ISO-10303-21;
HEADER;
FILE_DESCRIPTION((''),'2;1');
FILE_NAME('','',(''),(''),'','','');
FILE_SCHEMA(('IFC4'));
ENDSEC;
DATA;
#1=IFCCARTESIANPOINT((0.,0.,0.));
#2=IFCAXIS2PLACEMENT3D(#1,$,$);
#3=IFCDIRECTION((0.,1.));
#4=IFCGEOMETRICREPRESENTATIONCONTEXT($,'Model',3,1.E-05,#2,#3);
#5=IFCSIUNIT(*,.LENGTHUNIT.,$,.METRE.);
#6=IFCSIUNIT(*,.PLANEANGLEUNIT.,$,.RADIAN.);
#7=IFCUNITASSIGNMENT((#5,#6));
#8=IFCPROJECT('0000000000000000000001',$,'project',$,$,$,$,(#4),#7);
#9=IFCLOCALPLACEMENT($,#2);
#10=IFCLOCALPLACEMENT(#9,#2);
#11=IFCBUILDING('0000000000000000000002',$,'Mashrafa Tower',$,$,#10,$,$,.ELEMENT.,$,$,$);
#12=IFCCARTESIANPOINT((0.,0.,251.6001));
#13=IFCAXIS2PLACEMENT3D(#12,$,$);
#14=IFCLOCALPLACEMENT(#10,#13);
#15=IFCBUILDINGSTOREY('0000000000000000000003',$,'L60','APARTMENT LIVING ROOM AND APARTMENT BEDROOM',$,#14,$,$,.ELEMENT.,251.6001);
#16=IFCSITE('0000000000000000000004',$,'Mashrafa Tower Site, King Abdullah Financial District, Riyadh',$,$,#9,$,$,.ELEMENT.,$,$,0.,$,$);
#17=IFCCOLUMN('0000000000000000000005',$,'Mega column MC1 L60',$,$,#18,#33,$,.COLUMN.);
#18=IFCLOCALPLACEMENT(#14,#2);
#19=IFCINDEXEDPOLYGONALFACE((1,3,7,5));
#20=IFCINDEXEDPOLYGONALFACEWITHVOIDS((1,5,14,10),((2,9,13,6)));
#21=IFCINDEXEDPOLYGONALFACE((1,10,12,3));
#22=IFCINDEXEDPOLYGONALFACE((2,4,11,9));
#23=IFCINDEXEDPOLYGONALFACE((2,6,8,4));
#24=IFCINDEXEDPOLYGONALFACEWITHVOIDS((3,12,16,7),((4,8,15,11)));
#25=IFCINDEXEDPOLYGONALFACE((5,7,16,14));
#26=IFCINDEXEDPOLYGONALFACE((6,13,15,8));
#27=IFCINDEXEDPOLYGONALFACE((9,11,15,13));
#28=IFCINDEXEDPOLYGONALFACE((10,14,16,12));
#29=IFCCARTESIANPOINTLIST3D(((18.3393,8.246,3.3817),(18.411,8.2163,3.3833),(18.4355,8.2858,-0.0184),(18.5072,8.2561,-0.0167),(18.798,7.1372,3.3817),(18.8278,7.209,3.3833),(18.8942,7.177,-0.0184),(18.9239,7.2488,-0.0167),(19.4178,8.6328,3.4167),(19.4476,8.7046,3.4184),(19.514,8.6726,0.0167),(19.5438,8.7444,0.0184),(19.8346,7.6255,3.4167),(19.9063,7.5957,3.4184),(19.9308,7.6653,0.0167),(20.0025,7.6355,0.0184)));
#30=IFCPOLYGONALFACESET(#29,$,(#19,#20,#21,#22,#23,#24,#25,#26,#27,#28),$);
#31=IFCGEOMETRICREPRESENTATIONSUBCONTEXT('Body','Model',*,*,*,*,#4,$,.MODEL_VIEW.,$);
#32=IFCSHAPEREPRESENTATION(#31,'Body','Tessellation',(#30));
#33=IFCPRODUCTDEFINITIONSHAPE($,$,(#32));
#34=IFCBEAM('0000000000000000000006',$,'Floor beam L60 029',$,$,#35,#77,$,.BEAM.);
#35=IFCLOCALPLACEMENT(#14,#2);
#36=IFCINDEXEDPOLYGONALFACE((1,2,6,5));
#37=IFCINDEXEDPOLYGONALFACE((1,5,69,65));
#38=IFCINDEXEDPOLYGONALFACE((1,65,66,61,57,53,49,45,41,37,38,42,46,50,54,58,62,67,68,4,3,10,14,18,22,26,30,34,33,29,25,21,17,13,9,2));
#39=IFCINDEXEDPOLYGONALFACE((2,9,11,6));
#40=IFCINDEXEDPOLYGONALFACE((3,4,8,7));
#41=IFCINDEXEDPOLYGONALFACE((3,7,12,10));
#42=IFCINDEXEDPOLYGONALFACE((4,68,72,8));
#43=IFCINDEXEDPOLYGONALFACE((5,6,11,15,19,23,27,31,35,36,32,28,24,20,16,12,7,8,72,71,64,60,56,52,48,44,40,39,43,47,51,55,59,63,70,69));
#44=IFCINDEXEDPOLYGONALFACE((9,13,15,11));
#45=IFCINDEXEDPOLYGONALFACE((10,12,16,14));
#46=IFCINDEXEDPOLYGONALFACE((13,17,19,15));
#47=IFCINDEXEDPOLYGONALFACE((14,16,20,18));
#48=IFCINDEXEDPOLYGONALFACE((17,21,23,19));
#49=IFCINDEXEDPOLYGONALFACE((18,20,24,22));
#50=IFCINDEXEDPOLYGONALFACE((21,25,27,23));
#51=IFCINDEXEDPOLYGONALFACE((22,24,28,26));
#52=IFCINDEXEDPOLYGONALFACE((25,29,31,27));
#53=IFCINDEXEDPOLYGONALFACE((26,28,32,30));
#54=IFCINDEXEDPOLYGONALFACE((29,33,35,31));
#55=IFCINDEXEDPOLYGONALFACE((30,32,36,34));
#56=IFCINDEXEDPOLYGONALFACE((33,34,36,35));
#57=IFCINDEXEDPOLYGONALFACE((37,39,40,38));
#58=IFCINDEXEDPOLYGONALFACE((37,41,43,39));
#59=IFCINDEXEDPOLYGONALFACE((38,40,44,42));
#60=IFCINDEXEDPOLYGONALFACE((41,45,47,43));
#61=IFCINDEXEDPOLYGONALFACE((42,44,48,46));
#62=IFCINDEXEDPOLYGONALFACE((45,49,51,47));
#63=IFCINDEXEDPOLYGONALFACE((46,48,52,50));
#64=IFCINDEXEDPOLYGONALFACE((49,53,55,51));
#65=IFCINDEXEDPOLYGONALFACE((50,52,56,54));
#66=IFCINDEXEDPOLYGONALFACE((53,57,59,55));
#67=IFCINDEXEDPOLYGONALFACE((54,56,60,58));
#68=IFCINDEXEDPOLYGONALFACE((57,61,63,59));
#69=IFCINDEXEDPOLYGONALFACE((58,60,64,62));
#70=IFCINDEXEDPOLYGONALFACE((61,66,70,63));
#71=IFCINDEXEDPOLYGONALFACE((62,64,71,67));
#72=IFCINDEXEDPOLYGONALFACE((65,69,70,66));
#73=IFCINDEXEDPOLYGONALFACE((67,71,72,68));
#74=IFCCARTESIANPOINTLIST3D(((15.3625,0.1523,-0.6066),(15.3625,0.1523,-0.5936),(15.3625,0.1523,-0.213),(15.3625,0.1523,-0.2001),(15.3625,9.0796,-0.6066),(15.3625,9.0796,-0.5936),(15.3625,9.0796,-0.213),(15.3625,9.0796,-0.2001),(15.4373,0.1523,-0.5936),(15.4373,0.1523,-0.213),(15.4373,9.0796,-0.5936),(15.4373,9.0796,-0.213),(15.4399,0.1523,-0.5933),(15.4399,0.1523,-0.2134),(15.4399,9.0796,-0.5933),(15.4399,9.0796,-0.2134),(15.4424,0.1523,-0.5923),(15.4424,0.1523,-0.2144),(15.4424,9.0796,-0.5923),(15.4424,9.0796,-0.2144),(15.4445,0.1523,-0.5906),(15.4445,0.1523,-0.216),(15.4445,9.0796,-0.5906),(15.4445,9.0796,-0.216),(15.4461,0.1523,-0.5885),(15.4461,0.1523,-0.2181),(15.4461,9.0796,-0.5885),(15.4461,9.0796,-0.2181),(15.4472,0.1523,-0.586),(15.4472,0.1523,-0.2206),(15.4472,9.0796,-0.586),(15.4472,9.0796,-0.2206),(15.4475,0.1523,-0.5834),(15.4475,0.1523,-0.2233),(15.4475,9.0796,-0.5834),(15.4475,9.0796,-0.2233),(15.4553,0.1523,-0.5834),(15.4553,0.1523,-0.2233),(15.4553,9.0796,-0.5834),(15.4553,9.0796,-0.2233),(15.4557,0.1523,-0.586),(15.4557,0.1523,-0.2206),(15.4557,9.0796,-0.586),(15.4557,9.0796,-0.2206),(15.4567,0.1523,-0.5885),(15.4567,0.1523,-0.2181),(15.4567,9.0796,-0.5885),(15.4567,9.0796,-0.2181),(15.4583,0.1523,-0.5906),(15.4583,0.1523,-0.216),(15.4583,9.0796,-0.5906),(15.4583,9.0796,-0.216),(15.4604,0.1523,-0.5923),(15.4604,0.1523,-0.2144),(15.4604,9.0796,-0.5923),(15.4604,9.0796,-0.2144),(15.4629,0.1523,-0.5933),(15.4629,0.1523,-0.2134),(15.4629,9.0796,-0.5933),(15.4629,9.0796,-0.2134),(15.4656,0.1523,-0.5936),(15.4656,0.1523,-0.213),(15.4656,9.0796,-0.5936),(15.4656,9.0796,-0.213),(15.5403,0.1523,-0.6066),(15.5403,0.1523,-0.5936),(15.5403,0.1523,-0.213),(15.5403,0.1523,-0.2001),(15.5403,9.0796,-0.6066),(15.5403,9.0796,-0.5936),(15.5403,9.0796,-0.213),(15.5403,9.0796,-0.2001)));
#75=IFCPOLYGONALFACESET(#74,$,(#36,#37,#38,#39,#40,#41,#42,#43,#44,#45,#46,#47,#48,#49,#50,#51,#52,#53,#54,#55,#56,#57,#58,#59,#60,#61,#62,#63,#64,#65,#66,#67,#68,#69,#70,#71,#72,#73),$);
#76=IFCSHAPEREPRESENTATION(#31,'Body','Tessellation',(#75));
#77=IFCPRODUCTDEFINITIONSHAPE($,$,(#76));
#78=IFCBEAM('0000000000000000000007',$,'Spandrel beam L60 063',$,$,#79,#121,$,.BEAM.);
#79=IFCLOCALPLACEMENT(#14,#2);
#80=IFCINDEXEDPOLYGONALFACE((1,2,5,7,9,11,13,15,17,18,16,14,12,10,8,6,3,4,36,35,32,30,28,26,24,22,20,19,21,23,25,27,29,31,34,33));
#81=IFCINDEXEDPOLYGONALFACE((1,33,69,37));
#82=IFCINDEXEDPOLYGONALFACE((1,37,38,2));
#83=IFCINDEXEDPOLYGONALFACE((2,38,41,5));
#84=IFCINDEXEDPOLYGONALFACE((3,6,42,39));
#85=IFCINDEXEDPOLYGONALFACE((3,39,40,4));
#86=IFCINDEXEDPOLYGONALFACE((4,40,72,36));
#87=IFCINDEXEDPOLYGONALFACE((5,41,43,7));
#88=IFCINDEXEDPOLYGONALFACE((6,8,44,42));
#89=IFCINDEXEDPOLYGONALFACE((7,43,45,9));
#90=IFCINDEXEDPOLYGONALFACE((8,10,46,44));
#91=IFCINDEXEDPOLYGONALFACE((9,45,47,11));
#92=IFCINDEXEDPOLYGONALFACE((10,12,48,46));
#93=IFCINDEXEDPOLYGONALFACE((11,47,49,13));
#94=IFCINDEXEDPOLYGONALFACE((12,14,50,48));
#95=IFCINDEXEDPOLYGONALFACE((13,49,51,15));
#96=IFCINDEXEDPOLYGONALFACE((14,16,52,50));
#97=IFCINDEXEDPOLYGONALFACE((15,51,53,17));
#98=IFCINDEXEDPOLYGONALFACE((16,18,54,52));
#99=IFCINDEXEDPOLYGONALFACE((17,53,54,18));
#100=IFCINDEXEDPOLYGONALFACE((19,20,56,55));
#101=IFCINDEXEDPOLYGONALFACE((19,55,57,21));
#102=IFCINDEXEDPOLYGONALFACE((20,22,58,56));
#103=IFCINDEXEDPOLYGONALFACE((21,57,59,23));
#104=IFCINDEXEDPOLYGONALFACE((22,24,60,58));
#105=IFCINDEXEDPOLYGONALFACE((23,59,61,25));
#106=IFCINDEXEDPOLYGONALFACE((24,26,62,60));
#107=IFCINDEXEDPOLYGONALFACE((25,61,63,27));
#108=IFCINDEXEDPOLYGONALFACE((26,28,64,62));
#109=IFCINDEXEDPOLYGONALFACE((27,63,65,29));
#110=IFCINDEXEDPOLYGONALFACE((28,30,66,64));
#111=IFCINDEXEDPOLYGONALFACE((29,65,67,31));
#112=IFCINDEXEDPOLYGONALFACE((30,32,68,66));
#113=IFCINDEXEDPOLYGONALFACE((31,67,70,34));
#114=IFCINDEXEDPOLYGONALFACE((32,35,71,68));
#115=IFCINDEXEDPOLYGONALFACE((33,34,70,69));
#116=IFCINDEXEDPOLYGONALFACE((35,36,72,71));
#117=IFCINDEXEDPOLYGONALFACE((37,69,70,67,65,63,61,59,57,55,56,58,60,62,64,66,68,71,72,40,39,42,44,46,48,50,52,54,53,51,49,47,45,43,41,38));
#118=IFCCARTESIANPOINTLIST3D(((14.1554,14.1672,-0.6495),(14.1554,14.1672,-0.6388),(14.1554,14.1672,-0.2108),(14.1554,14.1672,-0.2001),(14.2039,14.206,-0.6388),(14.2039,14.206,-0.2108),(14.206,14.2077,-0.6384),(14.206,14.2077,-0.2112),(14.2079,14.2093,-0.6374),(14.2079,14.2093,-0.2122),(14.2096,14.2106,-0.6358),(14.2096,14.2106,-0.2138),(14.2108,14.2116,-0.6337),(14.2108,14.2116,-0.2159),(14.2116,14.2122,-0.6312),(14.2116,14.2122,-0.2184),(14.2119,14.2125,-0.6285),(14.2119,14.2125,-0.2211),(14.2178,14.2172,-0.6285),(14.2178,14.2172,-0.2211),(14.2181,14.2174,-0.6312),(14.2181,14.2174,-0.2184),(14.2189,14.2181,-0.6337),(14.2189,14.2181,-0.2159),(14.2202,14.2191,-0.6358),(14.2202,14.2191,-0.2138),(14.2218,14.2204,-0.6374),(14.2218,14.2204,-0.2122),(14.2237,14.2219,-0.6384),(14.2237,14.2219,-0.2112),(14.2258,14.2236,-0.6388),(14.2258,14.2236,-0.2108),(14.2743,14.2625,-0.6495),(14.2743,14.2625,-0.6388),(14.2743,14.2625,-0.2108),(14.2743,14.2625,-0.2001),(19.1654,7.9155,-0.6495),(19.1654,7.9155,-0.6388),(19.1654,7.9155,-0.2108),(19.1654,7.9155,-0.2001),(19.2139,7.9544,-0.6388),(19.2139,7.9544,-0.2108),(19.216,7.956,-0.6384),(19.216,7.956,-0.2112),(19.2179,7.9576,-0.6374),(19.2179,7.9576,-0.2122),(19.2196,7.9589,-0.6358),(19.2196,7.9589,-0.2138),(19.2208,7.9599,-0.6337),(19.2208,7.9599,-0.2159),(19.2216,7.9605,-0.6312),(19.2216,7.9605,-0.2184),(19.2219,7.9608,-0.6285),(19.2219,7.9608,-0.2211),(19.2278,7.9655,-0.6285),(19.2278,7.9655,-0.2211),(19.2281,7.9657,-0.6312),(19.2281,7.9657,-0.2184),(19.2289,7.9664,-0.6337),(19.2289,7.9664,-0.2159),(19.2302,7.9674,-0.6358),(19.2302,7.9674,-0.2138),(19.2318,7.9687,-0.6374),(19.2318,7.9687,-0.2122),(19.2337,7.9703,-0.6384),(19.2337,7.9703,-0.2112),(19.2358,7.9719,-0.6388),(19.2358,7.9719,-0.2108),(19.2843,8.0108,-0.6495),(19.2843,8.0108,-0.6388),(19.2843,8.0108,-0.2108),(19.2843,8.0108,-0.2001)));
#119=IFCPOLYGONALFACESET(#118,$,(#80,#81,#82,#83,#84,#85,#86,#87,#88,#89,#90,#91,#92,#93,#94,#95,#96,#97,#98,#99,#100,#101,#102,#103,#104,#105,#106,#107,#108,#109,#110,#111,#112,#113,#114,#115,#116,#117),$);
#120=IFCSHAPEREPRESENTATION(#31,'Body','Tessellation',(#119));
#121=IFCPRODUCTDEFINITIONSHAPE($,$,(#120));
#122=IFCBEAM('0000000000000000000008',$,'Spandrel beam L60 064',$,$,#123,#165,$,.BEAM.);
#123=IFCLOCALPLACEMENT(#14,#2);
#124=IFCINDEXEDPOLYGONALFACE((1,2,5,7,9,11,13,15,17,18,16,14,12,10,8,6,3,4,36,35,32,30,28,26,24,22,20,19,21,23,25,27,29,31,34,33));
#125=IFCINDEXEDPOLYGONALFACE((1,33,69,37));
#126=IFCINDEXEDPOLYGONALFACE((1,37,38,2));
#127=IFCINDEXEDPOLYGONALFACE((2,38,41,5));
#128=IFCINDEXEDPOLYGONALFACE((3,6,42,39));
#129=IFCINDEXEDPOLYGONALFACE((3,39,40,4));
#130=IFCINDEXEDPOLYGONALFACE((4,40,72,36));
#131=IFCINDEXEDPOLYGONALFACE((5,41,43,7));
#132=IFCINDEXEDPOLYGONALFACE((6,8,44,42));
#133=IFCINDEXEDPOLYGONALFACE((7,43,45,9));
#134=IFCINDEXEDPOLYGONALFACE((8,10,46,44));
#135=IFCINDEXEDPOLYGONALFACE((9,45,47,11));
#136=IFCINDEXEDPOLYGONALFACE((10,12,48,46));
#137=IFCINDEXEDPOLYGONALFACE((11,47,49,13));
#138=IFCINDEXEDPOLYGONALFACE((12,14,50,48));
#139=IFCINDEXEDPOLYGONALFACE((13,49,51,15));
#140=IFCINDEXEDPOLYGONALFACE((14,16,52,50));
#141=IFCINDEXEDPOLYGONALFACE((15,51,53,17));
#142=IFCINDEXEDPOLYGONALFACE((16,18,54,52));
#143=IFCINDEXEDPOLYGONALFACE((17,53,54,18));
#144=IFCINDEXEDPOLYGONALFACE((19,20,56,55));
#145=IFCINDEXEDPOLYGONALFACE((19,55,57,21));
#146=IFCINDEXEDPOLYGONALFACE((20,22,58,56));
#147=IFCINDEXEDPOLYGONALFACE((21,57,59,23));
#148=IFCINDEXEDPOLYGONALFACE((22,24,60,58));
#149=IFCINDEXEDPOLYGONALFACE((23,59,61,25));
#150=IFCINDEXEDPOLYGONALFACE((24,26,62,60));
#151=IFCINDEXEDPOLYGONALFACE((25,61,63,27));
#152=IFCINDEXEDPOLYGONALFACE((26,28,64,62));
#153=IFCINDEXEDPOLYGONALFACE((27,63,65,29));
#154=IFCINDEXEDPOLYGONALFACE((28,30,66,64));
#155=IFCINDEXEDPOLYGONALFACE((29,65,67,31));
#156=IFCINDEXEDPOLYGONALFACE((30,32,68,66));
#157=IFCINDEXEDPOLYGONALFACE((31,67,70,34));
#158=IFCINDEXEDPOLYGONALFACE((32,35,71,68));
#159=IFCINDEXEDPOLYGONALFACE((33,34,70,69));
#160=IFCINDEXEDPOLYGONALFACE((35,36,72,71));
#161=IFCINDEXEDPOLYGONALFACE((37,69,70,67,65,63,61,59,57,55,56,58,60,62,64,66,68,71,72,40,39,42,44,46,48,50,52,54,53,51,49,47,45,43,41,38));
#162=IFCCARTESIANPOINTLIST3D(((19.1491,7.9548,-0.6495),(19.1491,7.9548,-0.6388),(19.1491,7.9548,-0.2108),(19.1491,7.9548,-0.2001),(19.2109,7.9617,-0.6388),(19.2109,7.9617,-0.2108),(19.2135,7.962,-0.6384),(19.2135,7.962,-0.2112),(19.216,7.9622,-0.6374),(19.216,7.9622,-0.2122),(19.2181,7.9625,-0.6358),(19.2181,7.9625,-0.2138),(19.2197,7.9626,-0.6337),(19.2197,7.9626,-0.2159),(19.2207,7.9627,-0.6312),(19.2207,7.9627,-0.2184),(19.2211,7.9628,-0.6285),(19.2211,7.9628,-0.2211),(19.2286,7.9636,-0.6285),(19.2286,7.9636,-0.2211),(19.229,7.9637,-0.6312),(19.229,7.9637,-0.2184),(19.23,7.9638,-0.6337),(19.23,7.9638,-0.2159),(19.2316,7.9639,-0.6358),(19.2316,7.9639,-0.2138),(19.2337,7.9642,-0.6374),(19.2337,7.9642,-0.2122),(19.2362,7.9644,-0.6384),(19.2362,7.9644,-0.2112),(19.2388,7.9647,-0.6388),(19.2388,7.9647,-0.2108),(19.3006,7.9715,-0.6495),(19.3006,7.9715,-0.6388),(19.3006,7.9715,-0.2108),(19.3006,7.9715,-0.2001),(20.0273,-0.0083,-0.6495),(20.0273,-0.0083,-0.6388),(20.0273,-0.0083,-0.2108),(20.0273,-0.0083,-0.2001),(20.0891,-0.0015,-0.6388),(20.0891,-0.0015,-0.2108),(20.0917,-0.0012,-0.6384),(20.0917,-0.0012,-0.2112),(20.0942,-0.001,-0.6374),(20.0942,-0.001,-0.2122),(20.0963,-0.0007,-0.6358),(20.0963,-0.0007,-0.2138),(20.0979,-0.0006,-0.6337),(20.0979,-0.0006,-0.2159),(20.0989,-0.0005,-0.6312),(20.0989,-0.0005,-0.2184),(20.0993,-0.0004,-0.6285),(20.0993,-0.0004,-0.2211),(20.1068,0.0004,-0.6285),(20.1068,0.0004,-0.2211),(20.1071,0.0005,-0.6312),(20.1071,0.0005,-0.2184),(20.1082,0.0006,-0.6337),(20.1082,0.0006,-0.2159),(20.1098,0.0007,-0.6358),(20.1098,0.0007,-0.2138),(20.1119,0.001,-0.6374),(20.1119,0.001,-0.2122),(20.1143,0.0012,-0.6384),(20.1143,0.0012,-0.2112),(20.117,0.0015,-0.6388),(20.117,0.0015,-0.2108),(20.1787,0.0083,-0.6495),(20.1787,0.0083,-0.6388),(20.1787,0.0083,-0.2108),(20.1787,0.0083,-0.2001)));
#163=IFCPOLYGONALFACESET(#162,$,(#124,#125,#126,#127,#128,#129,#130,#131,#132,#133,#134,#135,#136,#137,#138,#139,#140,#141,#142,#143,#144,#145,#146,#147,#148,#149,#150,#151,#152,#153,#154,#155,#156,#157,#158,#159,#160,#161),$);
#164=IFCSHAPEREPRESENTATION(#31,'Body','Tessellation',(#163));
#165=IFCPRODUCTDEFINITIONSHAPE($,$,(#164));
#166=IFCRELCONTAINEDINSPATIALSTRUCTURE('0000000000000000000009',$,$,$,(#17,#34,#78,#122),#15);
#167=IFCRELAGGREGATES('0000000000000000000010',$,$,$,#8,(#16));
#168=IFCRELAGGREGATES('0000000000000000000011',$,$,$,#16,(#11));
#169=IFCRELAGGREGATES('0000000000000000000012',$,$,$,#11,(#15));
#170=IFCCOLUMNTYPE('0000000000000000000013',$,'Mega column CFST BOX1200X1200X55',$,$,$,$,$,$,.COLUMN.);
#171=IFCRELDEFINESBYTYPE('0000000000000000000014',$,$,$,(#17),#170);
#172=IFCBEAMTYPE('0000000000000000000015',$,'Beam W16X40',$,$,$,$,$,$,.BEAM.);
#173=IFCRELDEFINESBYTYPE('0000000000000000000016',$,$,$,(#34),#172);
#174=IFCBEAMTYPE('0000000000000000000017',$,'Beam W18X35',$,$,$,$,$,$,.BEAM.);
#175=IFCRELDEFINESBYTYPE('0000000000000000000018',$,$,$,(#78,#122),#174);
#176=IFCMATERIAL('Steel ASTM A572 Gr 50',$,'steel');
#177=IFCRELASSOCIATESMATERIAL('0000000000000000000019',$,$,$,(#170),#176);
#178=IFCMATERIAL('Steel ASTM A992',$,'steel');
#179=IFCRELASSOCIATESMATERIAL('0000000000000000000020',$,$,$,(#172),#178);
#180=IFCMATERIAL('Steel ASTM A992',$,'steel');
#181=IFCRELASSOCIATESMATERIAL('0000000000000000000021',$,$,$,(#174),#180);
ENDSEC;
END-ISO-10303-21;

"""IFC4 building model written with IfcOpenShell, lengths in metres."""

from ifc_helpers import new_model, si_unit, direction, frame, origin, origin_2d, place, context, subcontext, project, spatial, hollow_rectangle, i_section, extrude, material, material_profile, profile_set, type_object, element, save


model = new_model("IFC4")

# Units and contexts
model_context = context("Model", 3, precision=1e-05, world=origin(), true_north=direction((0.0, 1.0)))
body_context = subcontext(model_context, "Body", "Model", "MODEL_VIEW")
ifc_project = project(units=[si_unit("LENGTHUNIT", "METRE"), si_unit("PLANEANGLEUNIT", "RADIAN")], contexts=[model_context])

# Site, building, storey
site_placement = place(None, origin())
site = spatial("IfcSite", under=ifc_project, at=site_placement, Name="Mashrafa Tower Site, King Abdullah Financial District, Riyadh", CompositionType="ELEMENT", RefElevation=0.0)
building_placement = place(site_placement, origin())
building = spatial("IfcBuilding", under=site, at=building_placement, Name="Mashrafa Tower", CompositionType="ELEMENT")
storey_placement = place(building_placement, frame((0.0, 0.0, 251.6001)))
storey = spatial("IfcBuildingStorey", under=building, at=storey_placement, Name="L60", Description="APARTMENT LIVING ROOM AND APARTMENT BEDROOM", CompositionType="ELEMENT", Elevation=251.6001)

# Column
ifc_material_1 = material(Name="Steel ASTM A572 Gr 50", Category="steel")
ifc_material_profile_1 = material_profile(ifc_material_1, hollow_rectangle(XDim=1.2, YDim=1.2, WallThickness=0.0549, at=origin_2d()), Name="BOX1200X1200X55")
ifc_profile_set_1 = profile_set([ifc_material_profile_1], Name="Steel ASTM A572 Gr 50")
column_type = type_object("IfcColumnType", Name="Mega column CFST BOX1200X1200X55", PredefinedType="COLUMN", material=ifc_profile_set_1)
column_placement = place(storey_placement, frame((19.219, 7.9607, 0.0), z_axis=(-0.028279, -0.011699, 0.999532), x_axis=(0.382283, -0.924045, 0.0)))
element("IfcColumn", 1, at=column_placement, inside=storey, type_object=column_type, Name="Mega column MC1 L60", PredefinedType="COLUMN", context=body_context, shape_type="SweptSolid", body=[
    extrude(hollow_rectangle(XDim=1.2, YDim=1.2, WallThickness=0.0549, at=origin_2d()), origin(), (0.0, 0.0, 1.0), 3.4016),
])

# Beams
ifc_material_2 = material(Name="Steel ASTM A992", Category="steel")
ifc_material_profile_2 = material_profile(ifc_material_2, i_section(OverallWidth=0.1777, OverallDepth=0.4065, WebThickness=0.0078, FlangeThickness=0.0129, FilletRadius=0.0103, at=origin_2d()), Name="W16X40")
ifc_profile_set_2 = profile_set([ifc_material_profile_2], Name="Steel ASTM A992")
beam_type_1 = type_object("IfcBeamType", Name="Beam W16X40", PredefinedType="BEAM", material=ifc_profile_set_2)
beam_1_placement = place(storey_placement, frame((15.4514, 9.0796, -0.4033), z_axis=(0.0, -1.0, 0.0), x_axis=(1.0, 0.0, 0.0)))
element("IfcBeam", 2, at=beam_1_placement, inside=storey, type_object=beam_type_1, Name="Floor beam L60 029", PredefinedType="BEAM", context=body_context, shape_type="SweptSolid", body=[
    extrude(i_section(OverallWidth=0.1777, OverallDepth=0.4065, WebThickness=0.0078, FlangeThickness=0.0129, FilletRadius=0.0103, at=origin_2d()), origin(), (0.0, 0.0, 1.0), 8.9272),
])
ifc_material_3 = material(Name="Steel ASTM A992", Category="steel")
ifc_material_profile_3 = material_profile(ifc_material_3, i_section(OverallWidth=0.1523, OverallDepth=0.4495, WebThickness=0.0076, FlangeThickness=0.0107, FilletRadius=0.0103, at=origin_2d()), Name="W18X35")
ifc_profile_set_3 = profile_set([ifc_material_profile_3], Name="Steel ASTM A992")
beam_type_2 = type_object("IfcBeamType", Name="Beam W18X35", PredefinedType="BEAM", material=ifc_profile_set_3)
for number, where, z_axis, x_axis, name in (
    (3, (19.2249, 7.9631, -0.4248), (-0.625353, 0.780342, 0.0), (-0.780342, -0.625353, 0.0), "Spandrel beam L60 063"),
    (4, (20.103, 0.0, -0.4248), (-0.109615, 0.993974, 0.0), (-0.993974, -0.109615, 0.0), "Spandrel beam L60 064"),
):
    element("IfcBeam", number, at=place(storey_placement, frame(where, z_axis=z_axis, x_axis=x_axis)), inside=storey, type_object=beam_type_2, Name=name, PredefinedType="BEAM", context=body_context, shape_type="SweptSolid", body=[
        extrude(i_section(OverallWidth=0.1523, OverallDepth=0.4495, WebThickness=0.0076, FlangeThickness=0.0107, FilletRadius=0.0103, at=origin_2d()), origin(), (0.0, 0.0, 1.0), 8.0115),
    ])

save(model, "model.ifc")
